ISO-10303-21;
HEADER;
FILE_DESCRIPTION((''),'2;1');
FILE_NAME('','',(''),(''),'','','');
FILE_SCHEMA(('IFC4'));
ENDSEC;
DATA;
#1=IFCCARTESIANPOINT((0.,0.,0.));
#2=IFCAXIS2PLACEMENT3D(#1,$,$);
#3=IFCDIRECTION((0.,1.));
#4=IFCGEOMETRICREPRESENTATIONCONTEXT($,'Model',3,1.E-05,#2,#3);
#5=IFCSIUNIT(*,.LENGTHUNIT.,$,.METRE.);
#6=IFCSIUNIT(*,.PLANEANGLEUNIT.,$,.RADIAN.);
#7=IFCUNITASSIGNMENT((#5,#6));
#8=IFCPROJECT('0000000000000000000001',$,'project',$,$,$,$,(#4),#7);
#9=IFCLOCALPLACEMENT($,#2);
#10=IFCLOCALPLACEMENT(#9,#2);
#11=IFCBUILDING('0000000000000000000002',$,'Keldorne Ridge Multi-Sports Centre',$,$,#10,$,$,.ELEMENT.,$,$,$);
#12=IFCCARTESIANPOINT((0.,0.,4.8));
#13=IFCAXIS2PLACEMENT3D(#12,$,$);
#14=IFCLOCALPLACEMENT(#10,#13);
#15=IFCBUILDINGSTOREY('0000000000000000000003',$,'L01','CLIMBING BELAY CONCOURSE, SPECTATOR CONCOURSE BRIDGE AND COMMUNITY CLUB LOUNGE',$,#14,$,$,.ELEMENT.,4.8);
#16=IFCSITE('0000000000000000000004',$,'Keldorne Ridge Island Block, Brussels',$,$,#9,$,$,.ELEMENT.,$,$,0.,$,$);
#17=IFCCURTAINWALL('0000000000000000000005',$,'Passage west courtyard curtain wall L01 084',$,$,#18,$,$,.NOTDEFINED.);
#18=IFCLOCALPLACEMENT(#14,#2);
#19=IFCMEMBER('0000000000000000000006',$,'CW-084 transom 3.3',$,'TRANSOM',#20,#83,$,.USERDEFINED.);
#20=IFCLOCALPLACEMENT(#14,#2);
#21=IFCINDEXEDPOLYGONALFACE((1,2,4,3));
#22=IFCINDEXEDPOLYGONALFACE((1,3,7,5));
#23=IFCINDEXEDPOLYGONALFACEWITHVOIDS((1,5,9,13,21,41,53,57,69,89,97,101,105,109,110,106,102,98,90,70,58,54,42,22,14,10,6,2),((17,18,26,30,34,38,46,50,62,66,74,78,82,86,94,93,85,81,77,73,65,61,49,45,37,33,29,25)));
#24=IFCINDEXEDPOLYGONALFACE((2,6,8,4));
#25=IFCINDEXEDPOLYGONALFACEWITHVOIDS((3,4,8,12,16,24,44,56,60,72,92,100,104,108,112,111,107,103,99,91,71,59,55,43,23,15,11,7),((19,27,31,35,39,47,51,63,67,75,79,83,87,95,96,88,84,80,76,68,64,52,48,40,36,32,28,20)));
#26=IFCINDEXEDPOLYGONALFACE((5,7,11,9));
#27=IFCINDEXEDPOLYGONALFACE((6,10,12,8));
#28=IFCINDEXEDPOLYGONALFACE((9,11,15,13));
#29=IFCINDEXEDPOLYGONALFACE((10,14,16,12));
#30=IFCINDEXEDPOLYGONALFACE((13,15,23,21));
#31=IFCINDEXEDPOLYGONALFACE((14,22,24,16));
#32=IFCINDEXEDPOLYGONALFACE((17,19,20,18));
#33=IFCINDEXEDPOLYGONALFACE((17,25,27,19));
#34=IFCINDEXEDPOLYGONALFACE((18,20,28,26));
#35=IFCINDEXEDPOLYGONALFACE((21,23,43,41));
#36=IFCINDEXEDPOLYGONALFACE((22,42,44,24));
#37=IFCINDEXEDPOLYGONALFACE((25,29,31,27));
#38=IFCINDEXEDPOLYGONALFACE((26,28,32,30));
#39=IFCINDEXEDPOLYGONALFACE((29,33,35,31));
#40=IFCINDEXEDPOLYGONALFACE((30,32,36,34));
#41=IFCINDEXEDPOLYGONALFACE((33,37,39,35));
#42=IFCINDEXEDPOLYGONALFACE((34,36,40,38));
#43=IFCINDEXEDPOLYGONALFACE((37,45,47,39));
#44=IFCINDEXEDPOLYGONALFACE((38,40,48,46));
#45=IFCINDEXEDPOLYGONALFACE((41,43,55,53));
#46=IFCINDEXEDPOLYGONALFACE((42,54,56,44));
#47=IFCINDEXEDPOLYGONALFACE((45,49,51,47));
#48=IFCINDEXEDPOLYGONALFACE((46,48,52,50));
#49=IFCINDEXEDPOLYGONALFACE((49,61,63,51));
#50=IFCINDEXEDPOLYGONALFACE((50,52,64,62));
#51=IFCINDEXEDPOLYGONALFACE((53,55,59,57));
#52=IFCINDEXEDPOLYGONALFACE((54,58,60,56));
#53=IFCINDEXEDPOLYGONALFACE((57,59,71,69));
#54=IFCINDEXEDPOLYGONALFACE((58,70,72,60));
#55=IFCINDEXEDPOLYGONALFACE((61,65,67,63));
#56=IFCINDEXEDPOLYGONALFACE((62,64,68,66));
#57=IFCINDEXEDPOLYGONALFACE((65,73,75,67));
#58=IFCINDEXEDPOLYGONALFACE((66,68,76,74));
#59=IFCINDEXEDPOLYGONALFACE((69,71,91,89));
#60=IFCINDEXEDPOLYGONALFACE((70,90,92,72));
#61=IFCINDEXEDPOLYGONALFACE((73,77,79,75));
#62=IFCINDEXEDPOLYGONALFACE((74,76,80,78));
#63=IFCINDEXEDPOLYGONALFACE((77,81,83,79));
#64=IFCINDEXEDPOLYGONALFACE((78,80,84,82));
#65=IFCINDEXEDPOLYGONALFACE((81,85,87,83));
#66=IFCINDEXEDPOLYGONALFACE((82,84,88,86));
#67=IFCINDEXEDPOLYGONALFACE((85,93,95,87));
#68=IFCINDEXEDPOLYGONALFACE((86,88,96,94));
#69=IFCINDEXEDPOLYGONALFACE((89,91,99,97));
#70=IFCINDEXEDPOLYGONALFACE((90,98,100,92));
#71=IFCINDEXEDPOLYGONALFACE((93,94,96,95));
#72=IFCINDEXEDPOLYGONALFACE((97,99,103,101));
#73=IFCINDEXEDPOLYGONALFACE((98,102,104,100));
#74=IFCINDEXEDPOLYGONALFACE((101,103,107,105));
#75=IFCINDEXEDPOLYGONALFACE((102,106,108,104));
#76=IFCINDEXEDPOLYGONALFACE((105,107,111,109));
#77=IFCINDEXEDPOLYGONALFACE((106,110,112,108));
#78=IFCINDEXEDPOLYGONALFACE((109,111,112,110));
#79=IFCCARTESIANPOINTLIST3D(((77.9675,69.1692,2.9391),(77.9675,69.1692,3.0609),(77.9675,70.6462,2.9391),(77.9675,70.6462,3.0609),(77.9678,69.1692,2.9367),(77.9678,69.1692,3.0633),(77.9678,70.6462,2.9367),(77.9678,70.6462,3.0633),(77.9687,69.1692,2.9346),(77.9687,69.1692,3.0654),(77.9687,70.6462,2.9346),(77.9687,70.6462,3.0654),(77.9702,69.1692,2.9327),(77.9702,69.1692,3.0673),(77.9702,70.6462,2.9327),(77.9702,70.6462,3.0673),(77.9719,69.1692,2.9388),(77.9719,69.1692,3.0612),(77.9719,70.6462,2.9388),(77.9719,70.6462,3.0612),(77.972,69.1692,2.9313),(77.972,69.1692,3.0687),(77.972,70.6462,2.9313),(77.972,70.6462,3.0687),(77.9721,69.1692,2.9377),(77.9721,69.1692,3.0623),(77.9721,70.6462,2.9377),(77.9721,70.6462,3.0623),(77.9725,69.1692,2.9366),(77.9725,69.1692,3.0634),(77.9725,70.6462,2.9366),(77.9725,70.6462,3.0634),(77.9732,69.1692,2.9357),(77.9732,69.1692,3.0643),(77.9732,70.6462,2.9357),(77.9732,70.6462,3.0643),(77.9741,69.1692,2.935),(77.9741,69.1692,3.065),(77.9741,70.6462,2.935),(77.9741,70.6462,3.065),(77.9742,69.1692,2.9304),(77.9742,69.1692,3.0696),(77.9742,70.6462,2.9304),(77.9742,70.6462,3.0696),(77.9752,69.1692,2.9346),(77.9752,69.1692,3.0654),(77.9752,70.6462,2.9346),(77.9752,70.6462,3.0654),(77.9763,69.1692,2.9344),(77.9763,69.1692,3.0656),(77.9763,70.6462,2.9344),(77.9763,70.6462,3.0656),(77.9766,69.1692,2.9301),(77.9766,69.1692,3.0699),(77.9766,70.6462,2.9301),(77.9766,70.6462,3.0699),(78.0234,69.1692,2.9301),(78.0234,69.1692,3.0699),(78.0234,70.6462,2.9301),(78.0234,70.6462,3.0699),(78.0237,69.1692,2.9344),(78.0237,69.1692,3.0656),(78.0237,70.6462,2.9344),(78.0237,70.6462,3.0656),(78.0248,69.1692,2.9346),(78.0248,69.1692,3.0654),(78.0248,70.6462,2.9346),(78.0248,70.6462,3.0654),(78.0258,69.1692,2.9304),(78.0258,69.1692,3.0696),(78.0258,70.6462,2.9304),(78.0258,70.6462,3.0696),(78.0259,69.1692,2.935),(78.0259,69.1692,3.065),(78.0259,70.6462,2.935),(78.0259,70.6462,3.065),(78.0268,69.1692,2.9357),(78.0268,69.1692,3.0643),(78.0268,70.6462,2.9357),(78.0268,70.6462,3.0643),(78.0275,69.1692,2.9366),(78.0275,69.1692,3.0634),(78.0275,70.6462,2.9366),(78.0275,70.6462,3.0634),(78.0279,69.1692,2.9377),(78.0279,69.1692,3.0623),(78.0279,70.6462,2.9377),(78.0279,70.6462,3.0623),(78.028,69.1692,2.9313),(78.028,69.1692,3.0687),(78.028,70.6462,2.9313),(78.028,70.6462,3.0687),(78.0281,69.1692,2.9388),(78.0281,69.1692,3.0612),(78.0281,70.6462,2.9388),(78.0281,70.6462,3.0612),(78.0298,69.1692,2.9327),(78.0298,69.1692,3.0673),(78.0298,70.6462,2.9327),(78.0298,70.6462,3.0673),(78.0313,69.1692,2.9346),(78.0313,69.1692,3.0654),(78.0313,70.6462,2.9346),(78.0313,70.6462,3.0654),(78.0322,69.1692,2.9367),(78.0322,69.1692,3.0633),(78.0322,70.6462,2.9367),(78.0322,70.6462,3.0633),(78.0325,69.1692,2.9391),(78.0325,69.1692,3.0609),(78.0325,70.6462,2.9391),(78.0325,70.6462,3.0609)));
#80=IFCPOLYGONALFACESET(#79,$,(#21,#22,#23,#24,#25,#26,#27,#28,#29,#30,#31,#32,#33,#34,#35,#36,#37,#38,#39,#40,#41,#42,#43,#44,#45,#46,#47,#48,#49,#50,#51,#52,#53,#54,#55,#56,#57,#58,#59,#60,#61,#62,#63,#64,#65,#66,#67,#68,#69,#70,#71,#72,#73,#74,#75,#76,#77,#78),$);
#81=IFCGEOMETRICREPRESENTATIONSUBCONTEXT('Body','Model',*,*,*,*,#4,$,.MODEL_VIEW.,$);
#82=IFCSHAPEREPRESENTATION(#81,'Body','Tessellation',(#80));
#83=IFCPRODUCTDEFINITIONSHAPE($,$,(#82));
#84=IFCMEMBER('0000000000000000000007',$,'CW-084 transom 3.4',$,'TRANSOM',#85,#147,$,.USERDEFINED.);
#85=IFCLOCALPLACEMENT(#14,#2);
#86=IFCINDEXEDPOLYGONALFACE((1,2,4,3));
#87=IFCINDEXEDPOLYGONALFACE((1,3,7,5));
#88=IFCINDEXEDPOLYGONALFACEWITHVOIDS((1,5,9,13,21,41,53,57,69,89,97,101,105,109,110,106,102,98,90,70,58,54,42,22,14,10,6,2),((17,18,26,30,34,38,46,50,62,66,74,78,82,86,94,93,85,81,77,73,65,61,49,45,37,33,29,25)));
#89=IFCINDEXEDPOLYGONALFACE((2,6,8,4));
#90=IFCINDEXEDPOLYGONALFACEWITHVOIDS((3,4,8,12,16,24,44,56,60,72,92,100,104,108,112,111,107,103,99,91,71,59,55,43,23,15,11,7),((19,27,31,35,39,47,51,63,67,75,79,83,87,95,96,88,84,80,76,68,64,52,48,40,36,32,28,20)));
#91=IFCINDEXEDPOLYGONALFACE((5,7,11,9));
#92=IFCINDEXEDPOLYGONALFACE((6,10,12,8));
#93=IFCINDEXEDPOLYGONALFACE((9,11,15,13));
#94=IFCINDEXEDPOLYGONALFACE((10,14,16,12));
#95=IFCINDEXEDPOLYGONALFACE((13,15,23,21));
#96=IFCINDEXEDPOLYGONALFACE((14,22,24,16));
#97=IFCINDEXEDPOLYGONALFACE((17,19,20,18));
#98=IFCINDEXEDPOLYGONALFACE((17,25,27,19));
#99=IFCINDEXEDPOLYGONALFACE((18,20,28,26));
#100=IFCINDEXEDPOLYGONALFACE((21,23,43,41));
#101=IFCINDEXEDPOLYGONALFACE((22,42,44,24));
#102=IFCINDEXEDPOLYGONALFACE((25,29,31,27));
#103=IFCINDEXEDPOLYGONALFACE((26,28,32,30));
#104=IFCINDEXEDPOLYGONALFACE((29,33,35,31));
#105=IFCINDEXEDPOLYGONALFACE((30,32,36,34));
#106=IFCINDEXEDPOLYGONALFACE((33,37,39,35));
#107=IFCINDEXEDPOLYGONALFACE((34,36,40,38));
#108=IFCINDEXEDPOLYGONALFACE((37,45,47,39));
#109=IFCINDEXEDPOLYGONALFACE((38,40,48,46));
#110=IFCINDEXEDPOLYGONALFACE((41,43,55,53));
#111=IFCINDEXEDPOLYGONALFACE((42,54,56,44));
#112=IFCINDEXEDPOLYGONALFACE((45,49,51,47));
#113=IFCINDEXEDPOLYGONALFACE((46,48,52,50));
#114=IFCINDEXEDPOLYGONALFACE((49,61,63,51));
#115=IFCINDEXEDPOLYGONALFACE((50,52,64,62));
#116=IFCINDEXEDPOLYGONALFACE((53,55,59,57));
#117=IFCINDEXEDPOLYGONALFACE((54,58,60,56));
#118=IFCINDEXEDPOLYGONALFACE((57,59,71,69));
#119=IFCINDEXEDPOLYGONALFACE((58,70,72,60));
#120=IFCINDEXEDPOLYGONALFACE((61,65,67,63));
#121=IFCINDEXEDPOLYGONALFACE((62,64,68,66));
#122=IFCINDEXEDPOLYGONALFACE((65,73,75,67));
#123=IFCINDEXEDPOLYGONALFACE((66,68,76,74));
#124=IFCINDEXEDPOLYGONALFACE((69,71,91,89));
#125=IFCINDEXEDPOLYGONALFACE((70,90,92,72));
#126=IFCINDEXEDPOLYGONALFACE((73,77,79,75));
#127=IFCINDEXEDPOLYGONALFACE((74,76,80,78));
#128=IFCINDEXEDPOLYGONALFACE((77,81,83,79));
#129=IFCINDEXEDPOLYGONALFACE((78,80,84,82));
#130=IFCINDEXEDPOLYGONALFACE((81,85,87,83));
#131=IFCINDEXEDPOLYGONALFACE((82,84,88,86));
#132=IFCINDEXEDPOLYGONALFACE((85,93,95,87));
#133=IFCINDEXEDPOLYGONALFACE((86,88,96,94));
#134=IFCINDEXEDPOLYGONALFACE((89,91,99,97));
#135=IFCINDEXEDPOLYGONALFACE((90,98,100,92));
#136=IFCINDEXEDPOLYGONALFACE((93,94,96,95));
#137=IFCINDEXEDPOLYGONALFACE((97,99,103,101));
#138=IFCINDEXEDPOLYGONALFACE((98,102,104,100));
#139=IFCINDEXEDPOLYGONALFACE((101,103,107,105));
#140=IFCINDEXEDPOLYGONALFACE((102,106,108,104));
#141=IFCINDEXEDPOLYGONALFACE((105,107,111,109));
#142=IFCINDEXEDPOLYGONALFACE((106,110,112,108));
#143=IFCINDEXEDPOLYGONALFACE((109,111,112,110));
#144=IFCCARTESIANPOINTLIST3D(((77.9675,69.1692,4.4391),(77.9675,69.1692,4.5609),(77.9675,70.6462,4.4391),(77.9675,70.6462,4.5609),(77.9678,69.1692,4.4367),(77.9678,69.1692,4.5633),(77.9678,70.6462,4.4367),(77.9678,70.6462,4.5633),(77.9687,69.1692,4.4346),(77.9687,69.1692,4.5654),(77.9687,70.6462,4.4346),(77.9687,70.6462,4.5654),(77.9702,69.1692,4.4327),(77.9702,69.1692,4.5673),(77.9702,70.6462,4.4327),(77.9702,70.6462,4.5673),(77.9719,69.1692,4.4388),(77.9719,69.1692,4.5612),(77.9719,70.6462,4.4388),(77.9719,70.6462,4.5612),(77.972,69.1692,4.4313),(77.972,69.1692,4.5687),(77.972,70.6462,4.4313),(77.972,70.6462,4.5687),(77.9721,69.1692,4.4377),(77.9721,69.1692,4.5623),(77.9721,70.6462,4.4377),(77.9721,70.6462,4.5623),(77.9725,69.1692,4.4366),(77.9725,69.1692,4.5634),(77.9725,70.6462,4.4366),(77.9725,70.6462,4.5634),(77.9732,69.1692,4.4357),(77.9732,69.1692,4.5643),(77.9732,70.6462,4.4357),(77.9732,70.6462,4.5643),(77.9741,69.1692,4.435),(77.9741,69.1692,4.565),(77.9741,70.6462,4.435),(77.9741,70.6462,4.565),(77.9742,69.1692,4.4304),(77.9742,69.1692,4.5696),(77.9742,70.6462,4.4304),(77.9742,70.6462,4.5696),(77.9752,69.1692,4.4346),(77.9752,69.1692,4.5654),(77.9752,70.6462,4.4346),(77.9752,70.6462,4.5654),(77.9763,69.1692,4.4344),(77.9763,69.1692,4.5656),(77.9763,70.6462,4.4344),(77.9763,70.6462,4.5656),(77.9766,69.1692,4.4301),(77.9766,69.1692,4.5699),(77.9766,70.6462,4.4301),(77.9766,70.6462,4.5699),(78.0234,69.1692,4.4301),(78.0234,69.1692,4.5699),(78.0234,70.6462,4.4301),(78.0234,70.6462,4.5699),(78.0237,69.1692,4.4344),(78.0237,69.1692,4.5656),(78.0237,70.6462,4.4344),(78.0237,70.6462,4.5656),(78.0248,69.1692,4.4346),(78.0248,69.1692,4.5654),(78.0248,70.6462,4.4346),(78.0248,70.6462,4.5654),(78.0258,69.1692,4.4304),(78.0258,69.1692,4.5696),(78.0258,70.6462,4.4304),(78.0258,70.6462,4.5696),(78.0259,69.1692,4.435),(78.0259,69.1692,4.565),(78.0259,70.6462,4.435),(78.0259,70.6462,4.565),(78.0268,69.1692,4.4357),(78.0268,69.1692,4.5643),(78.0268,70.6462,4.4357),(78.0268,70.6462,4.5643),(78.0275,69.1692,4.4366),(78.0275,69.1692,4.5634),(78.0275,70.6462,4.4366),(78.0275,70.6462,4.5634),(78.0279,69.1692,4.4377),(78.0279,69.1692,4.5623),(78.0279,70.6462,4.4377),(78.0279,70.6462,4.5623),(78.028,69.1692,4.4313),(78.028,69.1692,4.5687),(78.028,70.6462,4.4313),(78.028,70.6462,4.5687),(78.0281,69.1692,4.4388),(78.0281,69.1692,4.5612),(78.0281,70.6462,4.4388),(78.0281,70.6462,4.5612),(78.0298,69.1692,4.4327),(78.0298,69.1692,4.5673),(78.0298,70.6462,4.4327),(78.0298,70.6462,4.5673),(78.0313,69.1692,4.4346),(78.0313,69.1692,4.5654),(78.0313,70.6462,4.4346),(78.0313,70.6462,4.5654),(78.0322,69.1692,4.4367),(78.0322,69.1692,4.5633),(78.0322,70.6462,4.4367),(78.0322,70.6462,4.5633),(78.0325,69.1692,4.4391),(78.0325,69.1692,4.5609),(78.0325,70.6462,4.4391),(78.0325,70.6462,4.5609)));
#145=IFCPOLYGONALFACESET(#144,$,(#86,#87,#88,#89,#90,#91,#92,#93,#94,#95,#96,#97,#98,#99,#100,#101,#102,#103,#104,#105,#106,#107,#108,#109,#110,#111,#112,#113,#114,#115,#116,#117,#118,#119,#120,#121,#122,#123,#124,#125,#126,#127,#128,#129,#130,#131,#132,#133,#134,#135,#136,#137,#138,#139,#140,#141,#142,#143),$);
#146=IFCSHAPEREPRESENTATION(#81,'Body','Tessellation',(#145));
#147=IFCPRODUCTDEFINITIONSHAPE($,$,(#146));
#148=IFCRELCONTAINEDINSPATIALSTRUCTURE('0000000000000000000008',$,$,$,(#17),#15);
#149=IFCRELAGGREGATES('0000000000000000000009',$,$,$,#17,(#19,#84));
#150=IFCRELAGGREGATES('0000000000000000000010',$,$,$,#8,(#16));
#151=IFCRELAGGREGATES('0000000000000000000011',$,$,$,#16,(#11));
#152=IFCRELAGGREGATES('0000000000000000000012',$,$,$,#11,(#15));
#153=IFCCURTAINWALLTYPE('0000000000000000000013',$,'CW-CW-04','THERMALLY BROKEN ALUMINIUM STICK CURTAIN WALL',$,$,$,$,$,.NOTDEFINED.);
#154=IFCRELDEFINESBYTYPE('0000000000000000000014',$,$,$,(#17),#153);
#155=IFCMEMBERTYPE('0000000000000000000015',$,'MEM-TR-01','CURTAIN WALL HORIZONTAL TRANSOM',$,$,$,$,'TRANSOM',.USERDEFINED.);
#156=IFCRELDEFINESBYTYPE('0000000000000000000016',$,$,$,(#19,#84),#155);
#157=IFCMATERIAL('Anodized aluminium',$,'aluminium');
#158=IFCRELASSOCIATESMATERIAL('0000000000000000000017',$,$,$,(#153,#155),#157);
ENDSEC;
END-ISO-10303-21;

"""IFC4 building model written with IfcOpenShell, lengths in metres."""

from ifc_helpers import new_model, si_unit, direction, frame, origin, origin_2d, place, context, subcontext, project, spatial, hollow_rectangle, extrude, material, material_profile, profile_set, type_object, element, aggregate, save


model = new_model("IFC4")

# Units and contexts
model_context = context("Model", 3, precision=1e-05, world=origin(), true_north=direction((0.0, 1.0)))
body_context = subcontext(model_context, "Body", "Model", "MODEL_VIEW")
ifc_project = project(units=[si_unit("LENGTHUNIT", "METRE"), si_unit("PLANEANGLEUNIT", "RADIAN")], contexts=[model_context])

# Site, building, storey
site_placement = place(None, origin())
site = spatial("IfcSite", under=ifc_project, at=site_placement, Name="Keldorne Ridge Island Block, Brussels", CompositionType="ELEMENT", RefElevation=0.0)
building_placement = place(site_placement, origin())
building = spatial("IfcBuilding", under=site, at=building_placement, Name="Keldorne Ridge Multi-Sports Centre", CompositionType="ELEMENT")
storey_placement = place(building_placement, frame((0.0, 0.0, 4.8)))
storey = spatial("IfcBuildingStorey", under=building, at=storey_placement, Name="L01", Description="CLIMBING BELAY CONCOURSE, SPECTATOR CONCOURSE BRIDGE AND COMMUNITY CLUB LOUNGE", CompositionType="ELEMENT", Elevation=4.8)

# Curtain wall, members
ifc_material_1 = material(Name="Anodized aluminium", Category="aluminium")
curtain_wall_type = type_object("IfcCurtainWallType", Name="CW-CW-04", Description="THERMALLY BROKEN ALUMINIUM STICK CURTAIN WALL", PredefinedType="NOTDEFINED", material=ifc_material_1)
curtain_wall_placement = place(storey_placement, origin())
curtain_wall = element("IfcCurtainWall", 1, at=curtain_wall_placement, inside=storey, type_object=curtain_wall_type, Name="Passage west courtyard curtain wall L01 084", PredefinedType="NOTDEFINED")
ifc_material_profile_1 = material_profile(ifc_material_1, hollow_rectangle(XDim=0.0649, YDim=0.1399, WallThickness=0.0044, InnerFilletRadius=0.0044, OuterFilletRadius=0.009, at=origin_2d()), Name="ALU TRANSOM 140x65x4.5")
ifc_profile_set_1 = profile_set([ifc_material_profile_1], Name="Anodized aluminium")
member_type_1 = type_object("IfcMemberType", Name="MEM-TR-01", Description="CURTAIN WALL HORIZONTAL TRANSOM", ElementType="TRANSOM", PredefinedType="USERDEFINED", material=ifc_profile_set_1)
member_1_placement = place(storey_placement, frame((78.0, 70.6462, 3.0), z_axis=(0.0, -1.0, 0.0), x_axis=(1.0, 0.0, 0.0)))
member_1 = element("IfcMember", 2, at=member_1_placement, type_object=member_type_1, Name="CW-084 transom 3.3", ObjectType="TRANSOM", PredefinedType="USERDEFINED", context=body_context, shape_type="SweptSolid", body=[
    extrude(hollow_rectangle(XDim=0.0649, YDim=0.1399, WallThickness=0.0044, InnerFilletRadius=0.0044, OuterFilletRadius=0.009, at=origin_2d()), origin(), (0.0, 0.0, 1.0), 1.4771),
])
member_2_placement = place(storey_placement, frame((78.0, 70.6462, 4.5), z_axis=(0.0, -1.0, 0.0), x_axis=(1.0, 0.0, 0.0)))
member_2 = element("IfcMember", 3, at=member_2_placement, type_object=member_type_1, Name="CW-084 transom 3.4", ObjectType="TRANSOM", PredefinedType="USERDEFINED", context=body_context, shape_type="SweptSolid", body=[
    extrude(hollow_rectangle(XDim=0.0649, YDim=0.1399, WallThickness=0.0044, InnerFilletRadius=0.0044, OuterFilletRadius=0.009, at=origin_2d()), origin(), (0.0, 0.0, 1.0), 1.4771),
])
aggregate(curtain_wall, [member_1, member_2])

save(model, "model.ifc")
